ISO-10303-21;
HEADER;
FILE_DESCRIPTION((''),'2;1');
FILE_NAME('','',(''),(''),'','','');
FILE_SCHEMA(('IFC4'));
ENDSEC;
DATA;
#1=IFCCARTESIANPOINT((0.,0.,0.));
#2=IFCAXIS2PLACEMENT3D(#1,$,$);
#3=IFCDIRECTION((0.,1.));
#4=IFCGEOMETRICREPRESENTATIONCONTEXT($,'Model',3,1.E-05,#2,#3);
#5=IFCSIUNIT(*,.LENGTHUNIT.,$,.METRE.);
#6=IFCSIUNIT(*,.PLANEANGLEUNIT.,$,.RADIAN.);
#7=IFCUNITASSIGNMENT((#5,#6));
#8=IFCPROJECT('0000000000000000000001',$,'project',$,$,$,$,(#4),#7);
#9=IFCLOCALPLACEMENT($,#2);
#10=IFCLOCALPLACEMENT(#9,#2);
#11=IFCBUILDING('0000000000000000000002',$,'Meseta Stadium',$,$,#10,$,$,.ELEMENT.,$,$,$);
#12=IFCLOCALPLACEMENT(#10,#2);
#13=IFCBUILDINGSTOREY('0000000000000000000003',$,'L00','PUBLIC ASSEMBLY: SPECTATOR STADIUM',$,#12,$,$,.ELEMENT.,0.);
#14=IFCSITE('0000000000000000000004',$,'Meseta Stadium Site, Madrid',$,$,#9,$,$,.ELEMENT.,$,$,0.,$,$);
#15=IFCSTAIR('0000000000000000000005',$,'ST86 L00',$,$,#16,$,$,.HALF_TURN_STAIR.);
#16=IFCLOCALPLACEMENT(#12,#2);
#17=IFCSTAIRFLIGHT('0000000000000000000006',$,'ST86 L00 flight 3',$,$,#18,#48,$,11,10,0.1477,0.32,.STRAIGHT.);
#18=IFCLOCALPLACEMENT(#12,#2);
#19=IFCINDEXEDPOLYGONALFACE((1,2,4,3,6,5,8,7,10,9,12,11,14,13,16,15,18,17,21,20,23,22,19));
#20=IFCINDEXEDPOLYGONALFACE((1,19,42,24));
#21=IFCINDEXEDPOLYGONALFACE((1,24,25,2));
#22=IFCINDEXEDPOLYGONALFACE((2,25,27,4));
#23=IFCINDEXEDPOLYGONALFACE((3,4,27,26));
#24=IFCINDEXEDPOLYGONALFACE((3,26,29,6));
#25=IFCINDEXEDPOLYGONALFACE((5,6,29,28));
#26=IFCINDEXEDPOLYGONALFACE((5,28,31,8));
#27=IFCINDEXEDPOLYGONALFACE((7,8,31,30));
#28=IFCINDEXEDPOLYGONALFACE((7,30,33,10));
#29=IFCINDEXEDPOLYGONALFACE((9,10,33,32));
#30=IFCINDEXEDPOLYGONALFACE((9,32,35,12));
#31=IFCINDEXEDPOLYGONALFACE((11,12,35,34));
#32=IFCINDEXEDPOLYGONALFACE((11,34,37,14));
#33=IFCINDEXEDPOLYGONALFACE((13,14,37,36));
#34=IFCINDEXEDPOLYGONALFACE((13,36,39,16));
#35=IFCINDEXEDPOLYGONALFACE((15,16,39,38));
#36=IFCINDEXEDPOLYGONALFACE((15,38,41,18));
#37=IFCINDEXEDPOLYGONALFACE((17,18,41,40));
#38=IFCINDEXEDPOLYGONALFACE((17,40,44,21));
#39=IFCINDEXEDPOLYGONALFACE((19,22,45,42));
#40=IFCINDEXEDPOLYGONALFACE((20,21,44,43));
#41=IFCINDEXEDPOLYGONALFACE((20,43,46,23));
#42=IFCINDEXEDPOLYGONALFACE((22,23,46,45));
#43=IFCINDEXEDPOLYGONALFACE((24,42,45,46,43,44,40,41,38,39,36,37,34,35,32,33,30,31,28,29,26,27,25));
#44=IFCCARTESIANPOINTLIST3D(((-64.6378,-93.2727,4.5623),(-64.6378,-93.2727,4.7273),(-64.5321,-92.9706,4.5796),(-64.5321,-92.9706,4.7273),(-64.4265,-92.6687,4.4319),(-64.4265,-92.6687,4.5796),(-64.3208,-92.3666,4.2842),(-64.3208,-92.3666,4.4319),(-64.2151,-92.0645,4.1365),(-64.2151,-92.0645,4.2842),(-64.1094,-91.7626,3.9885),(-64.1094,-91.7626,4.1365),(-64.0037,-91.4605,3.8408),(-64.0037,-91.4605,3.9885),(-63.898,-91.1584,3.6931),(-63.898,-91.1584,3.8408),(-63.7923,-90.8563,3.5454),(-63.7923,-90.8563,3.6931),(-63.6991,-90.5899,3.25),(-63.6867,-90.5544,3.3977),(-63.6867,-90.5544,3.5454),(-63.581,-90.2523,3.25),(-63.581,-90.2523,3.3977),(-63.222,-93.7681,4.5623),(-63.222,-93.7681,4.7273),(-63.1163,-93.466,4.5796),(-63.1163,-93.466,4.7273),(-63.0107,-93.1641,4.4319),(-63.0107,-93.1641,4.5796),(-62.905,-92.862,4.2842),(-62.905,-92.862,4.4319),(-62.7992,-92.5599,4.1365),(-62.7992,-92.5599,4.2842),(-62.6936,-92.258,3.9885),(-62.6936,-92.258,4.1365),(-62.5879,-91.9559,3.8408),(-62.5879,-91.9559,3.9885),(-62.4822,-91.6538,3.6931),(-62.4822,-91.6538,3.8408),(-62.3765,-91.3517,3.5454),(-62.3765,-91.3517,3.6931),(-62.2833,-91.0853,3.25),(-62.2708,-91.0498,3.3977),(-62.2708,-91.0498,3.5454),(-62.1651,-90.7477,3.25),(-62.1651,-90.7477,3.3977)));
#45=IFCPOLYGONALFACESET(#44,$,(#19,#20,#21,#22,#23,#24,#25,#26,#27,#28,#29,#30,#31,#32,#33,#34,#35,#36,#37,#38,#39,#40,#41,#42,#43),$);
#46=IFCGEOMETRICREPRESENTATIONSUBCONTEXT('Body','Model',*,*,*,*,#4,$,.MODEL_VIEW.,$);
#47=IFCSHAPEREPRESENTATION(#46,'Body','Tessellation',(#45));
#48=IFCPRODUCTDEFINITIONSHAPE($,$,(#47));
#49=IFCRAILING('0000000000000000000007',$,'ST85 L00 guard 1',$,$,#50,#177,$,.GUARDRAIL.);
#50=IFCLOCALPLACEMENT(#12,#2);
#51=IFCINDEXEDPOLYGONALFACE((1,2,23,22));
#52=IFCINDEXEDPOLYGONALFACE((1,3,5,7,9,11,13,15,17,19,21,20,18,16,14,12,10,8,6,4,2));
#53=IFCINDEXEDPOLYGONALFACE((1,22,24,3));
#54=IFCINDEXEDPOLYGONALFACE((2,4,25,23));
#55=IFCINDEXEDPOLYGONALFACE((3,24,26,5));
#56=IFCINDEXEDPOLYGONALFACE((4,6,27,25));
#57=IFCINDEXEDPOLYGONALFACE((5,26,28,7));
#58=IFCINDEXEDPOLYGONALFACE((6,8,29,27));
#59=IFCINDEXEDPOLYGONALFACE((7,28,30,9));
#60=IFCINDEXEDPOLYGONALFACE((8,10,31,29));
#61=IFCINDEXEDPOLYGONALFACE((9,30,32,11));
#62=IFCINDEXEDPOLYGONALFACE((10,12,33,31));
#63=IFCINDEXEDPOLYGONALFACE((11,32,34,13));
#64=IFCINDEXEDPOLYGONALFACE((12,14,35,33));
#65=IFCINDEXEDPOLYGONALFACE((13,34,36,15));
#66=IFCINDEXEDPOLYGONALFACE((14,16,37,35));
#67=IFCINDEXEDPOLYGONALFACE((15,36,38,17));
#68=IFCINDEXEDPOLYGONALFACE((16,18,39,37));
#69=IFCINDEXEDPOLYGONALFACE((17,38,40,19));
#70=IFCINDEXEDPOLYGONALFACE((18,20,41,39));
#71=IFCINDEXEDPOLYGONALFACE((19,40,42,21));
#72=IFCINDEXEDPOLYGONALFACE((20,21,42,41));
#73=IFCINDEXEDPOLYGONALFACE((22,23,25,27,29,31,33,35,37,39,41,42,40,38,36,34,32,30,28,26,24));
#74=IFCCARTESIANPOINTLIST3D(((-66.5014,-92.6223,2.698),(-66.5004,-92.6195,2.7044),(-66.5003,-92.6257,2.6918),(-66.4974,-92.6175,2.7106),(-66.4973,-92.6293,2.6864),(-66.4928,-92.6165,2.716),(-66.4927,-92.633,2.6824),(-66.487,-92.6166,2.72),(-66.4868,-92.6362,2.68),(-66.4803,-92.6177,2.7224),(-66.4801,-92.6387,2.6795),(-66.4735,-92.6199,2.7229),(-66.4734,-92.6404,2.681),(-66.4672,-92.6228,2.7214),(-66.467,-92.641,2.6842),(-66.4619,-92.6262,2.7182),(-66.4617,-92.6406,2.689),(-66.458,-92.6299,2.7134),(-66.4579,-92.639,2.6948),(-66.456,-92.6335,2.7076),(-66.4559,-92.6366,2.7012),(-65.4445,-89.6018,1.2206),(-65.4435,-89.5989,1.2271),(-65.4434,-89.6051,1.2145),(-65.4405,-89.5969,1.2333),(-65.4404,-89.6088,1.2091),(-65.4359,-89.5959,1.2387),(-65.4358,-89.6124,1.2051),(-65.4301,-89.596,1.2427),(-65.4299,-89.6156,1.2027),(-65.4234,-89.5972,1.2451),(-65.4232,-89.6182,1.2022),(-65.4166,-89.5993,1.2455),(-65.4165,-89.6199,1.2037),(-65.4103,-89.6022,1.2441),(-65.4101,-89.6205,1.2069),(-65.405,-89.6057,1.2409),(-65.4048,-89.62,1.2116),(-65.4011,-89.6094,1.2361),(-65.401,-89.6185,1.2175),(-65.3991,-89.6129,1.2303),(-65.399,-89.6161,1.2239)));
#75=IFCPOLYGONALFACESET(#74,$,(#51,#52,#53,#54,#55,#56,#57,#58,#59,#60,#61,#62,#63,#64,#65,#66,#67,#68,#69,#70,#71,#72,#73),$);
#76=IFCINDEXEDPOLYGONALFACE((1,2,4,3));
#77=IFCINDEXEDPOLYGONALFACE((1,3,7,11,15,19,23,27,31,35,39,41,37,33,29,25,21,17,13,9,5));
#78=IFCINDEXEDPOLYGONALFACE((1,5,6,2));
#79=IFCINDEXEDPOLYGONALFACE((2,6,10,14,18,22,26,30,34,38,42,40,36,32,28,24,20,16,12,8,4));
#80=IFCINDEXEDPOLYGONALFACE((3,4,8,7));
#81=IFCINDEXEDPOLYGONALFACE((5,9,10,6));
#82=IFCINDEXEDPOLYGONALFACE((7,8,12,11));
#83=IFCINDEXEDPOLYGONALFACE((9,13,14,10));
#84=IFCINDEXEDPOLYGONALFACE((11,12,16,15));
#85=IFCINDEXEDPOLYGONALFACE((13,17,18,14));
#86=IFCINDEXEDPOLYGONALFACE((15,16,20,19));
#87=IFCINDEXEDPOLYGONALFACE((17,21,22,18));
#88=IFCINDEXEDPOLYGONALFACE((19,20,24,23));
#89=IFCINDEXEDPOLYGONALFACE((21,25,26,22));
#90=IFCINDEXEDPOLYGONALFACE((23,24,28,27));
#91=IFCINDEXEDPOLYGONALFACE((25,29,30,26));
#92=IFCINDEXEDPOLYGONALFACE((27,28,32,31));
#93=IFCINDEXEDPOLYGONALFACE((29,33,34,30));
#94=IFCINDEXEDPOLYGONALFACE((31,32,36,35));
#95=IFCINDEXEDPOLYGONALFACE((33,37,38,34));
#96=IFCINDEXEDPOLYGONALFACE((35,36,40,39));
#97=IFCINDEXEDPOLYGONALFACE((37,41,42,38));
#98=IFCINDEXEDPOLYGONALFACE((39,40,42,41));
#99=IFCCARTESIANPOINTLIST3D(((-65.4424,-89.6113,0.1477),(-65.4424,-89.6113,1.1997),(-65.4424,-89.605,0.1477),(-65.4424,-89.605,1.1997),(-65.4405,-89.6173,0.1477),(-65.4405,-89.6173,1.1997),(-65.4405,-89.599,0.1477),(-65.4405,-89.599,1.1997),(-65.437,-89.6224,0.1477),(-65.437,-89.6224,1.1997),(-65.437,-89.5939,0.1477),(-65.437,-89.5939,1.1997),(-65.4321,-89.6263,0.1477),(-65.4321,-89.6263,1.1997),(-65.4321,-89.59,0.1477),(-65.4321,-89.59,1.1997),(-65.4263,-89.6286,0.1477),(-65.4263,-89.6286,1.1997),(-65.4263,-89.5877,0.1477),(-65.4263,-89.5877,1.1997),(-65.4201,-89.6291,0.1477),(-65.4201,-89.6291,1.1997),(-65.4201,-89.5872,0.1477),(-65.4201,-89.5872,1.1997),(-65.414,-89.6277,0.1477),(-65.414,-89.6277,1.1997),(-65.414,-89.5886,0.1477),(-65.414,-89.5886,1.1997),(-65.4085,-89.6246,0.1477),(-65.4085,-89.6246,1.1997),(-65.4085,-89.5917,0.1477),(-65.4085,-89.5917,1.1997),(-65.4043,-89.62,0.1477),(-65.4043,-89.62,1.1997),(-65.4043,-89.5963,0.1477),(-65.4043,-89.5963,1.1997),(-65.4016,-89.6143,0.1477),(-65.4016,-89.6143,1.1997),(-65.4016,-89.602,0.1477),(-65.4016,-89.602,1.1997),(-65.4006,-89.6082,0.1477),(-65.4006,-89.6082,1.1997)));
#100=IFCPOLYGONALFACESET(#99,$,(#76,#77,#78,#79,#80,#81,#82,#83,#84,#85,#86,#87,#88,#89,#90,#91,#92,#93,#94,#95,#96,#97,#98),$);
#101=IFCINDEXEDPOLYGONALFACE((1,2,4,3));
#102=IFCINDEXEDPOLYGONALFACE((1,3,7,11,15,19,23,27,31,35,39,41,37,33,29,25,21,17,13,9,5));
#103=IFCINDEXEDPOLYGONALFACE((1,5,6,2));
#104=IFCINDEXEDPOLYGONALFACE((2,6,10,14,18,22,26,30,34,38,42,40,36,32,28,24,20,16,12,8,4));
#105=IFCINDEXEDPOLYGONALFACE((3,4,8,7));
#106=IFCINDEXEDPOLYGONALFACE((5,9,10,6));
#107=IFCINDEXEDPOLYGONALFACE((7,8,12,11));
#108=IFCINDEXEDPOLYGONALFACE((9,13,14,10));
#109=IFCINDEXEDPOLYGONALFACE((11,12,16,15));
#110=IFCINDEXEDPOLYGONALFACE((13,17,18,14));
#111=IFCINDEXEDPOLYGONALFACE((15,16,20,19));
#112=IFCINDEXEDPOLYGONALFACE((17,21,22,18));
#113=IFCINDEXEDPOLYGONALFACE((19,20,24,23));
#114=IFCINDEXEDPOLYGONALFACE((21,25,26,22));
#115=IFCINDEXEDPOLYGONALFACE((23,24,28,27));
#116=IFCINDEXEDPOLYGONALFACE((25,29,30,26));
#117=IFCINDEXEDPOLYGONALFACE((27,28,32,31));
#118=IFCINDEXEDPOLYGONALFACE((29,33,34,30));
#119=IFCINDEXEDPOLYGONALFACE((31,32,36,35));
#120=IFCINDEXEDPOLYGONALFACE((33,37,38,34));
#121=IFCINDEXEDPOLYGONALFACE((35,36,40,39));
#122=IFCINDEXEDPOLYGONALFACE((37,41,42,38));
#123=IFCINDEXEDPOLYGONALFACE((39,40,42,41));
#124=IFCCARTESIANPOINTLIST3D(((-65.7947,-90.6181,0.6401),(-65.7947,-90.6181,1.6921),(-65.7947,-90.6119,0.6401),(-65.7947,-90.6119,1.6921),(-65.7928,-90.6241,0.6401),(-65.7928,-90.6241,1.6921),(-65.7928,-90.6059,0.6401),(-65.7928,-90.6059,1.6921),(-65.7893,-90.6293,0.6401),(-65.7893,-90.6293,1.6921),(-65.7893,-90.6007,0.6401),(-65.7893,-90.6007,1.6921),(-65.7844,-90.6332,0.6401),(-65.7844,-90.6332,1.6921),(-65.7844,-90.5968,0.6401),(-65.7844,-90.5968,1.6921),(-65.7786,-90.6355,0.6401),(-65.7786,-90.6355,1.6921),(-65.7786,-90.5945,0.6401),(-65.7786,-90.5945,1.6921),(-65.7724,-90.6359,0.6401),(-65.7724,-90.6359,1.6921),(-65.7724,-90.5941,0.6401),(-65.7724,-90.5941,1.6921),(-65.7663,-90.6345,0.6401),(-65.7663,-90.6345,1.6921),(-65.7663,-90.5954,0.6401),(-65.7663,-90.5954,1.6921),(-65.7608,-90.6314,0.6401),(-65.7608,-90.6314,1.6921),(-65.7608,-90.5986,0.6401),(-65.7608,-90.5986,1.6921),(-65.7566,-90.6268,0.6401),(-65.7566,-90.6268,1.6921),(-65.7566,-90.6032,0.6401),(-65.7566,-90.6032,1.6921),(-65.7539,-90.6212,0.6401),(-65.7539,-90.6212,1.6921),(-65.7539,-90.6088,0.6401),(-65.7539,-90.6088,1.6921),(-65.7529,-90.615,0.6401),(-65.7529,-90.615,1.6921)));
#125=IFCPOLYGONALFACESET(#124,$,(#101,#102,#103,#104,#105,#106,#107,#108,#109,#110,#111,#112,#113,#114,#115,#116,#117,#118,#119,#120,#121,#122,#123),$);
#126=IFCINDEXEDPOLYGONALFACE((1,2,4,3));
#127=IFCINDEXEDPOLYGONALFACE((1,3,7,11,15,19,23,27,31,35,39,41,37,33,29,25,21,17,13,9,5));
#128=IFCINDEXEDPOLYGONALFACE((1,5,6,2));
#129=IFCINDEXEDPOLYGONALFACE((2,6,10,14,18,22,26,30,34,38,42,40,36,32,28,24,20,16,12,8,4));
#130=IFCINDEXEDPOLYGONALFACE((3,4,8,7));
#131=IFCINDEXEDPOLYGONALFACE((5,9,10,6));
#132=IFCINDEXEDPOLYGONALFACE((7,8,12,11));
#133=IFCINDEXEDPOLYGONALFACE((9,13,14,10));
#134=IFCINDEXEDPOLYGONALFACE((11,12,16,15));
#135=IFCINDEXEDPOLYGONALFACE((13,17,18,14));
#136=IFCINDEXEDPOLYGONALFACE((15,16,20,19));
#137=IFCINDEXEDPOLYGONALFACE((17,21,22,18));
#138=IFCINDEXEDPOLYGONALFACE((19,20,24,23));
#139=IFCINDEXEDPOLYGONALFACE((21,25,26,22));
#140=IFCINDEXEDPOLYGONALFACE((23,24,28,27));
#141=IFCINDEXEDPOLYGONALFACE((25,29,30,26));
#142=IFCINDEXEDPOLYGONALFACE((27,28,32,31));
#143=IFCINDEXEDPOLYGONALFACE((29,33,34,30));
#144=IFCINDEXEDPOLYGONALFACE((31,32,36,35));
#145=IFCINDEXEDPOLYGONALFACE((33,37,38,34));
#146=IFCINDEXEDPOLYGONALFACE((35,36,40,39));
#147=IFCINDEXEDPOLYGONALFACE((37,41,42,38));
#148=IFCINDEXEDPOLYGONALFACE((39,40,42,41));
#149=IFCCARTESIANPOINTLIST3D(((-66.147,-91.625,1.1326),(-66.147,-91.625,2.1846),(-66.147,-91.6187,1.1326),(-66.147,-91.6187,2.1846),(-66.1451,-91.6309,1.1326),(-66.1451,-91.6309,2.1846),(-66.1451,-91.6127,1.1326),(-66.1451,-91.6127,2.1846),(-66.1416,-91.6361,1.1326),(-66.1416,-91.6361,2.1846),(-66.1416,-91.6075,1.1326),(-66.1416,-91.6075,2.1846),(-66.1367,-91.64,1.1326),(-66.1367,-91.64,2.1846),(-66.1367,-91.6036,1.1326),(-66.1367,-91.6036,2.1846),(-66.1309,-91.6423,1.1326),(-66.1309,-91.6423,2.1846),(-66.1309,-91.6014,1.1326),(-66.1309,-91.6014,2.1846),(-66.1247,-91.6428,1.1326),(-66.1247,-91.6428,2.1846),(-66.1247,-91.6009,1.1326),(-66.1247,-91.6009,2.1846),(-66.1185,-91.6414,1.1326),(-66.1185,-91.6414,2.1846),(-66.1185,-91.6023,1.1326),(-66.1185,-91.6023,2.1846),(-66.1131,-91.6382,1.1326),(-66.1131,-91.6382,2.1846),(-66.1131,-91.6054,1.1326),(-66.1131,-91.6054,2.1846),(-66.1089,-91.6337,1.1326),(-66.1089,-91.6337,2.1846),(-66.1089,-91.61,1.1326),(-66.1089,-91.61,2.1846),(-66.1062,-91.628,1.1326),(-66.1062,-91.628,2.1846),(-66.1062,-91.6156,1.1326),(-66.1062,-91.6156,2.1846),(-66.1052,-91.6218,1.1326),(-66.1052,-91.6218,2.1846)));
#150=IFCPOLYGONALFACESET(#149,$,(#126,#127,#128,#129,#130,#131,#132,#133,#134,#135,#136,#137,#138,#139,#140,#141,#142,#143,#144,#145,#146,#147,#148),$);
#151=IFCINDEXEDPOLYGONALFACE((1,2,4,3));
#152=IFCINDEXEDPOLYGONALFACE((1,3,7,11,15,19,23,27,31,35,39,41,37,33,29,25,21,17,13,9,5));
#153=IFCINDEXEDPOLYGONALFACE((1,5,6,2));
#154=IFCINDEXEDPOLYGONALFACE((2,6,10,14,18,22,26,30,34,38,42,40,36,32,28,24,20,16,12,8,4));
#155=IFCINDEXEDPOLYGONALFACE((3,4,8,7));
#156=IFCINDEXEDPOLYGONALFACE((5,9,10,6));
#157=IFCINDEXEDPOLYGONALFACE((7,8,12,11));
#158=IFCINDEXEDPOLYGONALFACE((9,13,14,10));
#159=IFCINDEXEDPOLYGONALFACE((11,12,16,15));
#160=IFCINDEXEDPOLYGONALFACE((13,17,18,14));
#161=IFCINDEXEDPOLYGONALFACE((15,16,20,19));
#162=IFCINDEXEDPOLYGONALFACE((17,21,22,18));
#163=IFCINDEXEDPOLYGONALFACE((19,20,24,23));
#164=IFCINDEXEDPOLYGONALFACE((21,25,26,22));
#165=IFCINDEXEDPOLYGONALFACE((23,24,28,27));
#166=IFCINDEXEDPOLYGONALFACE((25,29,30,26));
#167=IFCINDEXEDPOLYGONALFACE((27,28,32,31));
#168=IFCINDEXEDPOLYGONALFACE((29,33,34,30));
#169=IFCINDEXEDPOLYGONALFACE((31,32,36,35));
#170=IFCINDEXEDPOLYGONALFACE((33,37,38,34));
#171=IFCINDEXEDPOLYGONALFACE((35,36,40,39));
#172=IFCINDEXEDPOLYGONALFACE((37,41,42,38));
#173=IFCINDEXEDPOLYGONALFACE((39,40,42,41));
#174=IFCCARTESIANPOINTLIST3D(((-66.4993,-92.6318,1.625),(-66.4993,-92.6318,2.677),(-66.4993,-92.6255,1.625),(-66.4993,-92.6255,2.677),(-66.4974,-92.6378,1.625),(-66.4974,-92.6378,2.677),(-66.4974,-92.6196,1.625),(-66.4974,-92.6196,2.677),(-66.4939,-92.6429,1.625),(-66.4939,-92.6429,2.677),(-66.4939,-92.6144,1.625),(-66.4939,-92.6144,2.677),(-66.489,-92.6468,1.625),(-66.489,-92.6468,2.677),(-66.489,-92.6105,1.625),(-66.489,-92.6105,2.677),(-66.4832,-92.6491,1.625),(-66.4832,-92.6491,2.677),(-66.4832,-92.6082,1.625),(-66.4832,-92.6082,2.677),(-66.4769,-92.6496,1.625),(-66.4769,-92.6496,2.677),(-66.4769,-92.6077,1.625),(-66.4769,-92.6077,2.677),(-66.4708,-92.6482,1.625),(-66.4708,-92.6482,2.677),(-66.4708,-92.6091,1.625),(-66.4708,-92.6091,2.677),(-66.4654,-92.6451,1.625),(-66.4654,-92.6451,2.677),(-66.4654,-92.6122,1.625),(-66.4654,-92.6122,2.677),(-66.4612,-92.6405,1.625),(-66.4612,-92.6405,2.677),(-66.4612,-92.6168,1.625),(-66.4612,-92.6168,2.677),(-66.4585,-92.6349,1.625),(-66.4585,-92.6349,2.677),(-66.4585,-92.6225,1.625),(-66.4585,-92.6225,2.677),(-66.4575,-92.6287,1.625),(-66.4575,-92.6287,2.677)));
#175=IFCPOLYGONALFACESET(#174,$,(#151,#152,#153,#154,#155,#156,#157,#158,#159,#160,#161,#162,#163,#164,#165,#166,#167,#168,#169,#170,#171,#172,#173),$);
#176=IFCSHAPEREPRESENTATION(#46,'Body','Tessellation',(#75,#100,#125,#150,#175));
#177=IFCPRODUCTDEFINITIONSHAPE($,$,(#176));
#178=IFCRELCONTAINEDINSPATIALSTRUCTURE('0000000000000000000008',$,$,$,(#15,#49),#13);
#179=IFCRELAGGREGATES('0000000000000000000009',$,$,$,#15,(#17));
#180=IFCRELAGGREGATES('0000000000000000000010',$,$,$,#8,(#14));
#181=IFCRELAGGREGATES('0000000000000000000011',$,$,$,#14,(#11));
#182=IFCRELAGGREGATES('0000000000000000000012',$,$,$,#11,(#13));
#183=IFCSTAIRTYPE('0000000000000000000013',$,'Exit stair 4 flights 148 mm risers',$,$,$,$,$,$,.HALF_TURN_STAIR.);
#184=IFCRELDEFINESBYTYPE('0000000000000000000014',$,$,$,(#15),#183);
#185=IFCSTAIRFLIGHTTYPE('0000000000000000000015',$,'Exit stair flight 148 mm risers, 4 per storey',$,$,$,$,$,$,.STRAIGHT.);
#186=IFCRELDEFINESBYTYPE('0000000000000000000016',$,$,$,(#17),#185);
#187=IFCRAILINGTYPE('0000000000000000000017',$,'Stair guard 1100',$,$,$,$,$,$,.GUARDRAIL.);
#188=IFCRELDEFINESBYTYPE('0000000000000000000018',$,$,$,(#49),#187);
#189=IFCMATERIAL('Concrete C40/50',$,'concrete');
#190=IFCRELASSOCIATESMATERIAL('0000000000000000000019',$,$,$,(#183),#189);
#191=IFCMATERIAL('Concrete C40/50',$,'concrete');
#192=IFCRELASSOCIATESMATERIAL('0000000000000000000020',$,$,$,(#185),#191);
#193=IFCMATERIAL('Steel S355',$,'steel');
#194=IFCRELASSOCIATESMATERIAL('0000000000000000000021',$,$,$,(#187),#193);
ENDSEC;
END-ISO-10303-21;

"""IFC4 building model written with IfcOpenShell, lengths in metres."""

from ifc_helpers import new_model, si_unit, direction, frame, origin, origin_2d, place, context, subcontext, project, spatial, polyline, circle, outline, extrude, material, type_object, element, aggregate, save


model = new_model("IFC4")

# Units and contexts
model_context = context("Model", 3, precision=1e-05, world=origin(), true_north=direction((0.0, 1.0)))
body_context = subcontext(model_context, "Body", "Model", "MODEL_VIEW")
ifc_project = project(units=[si_unit("LENGTHUNIT", "METRE"), si_unit("PLANEANGLEUNIT", "RADIAN")], contexts=[model_context])

# Site, building, storey
site_placement = place(None, origin())
site = spatial("IfcSite", under=ifc_project, at=site_placement, Name="Meseta Stadium Site, Madrid", CompositionType="ELEMENT", RefElevation=0.0)
building_placement = place(site_placement, origin())
building = spatial("IfcBuilding", under=site, at=building_placement, Name="Meseta Stadium", CompositionType="ELEMENT")
storey_placement = place(building_placement, origin())
storey = spatial("IfcBuildingStorey", under=building, at=storey_placement, Name="L00", Description="PUBLIC ASSEMBLY: SPECTATOR STADIUM", CompositionType="ELEMENT", Elevation=0.0)

# Stair, stair flight
ifc_material_1 = material(Name="Concrete C40/50", Category="concrete")
stair_type = type_object("IfcStairType", Name="Exit stair 4 flights 148 mm risers", PredefinedType="HALF_TURN_STAIR", material=ifc_material_1)
ifc_material_2 = material(Name="Concrete C40/50", Category="concrete")
stair_flight_type = type_object("IfcStairFlightType", Name="Exit stair flight 148 mm risers, 4 per storey", PredefinedType="STRAIGHT", material=ifc_material_2)
stair_1_placement = place(storey_placement, origin())
stair_1 = element("IfcStair", 1, at=stair_1_placement, inside=storey, type_object=stair_type, Name="ST86 L00", PredefinedType="HALF_TURN_STAIR")
stair_flight_1_placement = place(storey_placement, frame((-62.873, -90.5, 3.25), z_axis=(0.0, 0.0, 1.0), x_axis=(-0.330279, -0.943883, 0.0)))
stair_flight_1 = element("IfcStairFlight", 2, at=stair_flight_1_placement, type_object=stair_flight_type, Name="ST86 L00 flight 3", NumberOfRisers=11, NumberOfTreads=10, PredefinedType="STRAIGHT", RiserHeight=0.1477, TreadLength=0.32, context=body_context, shape_type="SweptSolid", body=[
    extrude(outline(polyline([(0.0, 0.0), (0.0, 0.1477), (0.3201, 0.1477), (0.3201, 0.2954), (0.6399, 0.2954), (0.6399, 0.4431), (0.96, 0.4431), (0.96, 0.5908), (1.28, 0.5908), (1.28, 0.7385), (1.6001, 0.7385), (1.6001, 0.8865), (1.9199, 0.8865), (1.9199, 1.0342), (2.24, 1.0342), (2.24, 1.1819), (2.5601, 1.1819), (2.5601, 1.3296), (2.8799, 1.3296), (2.8799, 1.4773), (3.2, 1.4773), (3.2, 1.3123), (0.3577, 0.0), (0.0, 0.0)])), frame((0.0, 0.75, 0.0), z_axis=(0.0, -1.0, 0.0), x_axis=(1.0, 0.0, 0.0)), (0.0, 0.0, 1.0), 1.5),
])
aggregate(stair_1, [stair_flight_1])

# Railing
ifc_material_3 = material(Name="Steel S355", Category="steel")
railing_type_1 = type_object("IfcRailingType", Name="Stair guard 1100", PredefinedType="GUARDRAIL", material=ifc_material_3)
railing_1_placement = place(storey_placement, frame((-65.4216, -89.6082, 0.1477)))
element("IfcRailing", 3, at=railing_1_placement, inside=storey, type_object=railing_type_1, Name="ST85 L00 guard 1", PredefinedType="GUARDRAIL", context=body_context, shape_type="SweptSolid", body=[
    extrude(circle(Radius=0.0239, at=origin_2d()), frame((0.0, 0.0, 1.0762), z_axis=(-0.299859, -0.856977, 0.419137), x_axis=(0.943887, -0.330269, 0.0)), (0.0, 0.0, 1.0), 3.5247),
    extrude(circle(Radius=0.021, at=origin_2d()), origin(), (0.0, 0.0, 1.0), 1.052),
    extrude(circle(Radius=0.021, at=origin_2d()), frame((-0.3523, -1.0068, 0.4924)), (0.0, 0.0, 1.0), 1.052),
    extrude(circle(Radius=0.021, at=origin_2d()), frame((-0.7046, -2.0137, 0.9849)), (0.0, 0.0, 1.0), 1.052),
    extrude(circle(Radius=0.021, at=origin_2d()), frame((-1.0569, -3.0205, 1.4773)), (0.0, 0.0, 1.0), 1.052),
])

save(model, "model.ifc")
